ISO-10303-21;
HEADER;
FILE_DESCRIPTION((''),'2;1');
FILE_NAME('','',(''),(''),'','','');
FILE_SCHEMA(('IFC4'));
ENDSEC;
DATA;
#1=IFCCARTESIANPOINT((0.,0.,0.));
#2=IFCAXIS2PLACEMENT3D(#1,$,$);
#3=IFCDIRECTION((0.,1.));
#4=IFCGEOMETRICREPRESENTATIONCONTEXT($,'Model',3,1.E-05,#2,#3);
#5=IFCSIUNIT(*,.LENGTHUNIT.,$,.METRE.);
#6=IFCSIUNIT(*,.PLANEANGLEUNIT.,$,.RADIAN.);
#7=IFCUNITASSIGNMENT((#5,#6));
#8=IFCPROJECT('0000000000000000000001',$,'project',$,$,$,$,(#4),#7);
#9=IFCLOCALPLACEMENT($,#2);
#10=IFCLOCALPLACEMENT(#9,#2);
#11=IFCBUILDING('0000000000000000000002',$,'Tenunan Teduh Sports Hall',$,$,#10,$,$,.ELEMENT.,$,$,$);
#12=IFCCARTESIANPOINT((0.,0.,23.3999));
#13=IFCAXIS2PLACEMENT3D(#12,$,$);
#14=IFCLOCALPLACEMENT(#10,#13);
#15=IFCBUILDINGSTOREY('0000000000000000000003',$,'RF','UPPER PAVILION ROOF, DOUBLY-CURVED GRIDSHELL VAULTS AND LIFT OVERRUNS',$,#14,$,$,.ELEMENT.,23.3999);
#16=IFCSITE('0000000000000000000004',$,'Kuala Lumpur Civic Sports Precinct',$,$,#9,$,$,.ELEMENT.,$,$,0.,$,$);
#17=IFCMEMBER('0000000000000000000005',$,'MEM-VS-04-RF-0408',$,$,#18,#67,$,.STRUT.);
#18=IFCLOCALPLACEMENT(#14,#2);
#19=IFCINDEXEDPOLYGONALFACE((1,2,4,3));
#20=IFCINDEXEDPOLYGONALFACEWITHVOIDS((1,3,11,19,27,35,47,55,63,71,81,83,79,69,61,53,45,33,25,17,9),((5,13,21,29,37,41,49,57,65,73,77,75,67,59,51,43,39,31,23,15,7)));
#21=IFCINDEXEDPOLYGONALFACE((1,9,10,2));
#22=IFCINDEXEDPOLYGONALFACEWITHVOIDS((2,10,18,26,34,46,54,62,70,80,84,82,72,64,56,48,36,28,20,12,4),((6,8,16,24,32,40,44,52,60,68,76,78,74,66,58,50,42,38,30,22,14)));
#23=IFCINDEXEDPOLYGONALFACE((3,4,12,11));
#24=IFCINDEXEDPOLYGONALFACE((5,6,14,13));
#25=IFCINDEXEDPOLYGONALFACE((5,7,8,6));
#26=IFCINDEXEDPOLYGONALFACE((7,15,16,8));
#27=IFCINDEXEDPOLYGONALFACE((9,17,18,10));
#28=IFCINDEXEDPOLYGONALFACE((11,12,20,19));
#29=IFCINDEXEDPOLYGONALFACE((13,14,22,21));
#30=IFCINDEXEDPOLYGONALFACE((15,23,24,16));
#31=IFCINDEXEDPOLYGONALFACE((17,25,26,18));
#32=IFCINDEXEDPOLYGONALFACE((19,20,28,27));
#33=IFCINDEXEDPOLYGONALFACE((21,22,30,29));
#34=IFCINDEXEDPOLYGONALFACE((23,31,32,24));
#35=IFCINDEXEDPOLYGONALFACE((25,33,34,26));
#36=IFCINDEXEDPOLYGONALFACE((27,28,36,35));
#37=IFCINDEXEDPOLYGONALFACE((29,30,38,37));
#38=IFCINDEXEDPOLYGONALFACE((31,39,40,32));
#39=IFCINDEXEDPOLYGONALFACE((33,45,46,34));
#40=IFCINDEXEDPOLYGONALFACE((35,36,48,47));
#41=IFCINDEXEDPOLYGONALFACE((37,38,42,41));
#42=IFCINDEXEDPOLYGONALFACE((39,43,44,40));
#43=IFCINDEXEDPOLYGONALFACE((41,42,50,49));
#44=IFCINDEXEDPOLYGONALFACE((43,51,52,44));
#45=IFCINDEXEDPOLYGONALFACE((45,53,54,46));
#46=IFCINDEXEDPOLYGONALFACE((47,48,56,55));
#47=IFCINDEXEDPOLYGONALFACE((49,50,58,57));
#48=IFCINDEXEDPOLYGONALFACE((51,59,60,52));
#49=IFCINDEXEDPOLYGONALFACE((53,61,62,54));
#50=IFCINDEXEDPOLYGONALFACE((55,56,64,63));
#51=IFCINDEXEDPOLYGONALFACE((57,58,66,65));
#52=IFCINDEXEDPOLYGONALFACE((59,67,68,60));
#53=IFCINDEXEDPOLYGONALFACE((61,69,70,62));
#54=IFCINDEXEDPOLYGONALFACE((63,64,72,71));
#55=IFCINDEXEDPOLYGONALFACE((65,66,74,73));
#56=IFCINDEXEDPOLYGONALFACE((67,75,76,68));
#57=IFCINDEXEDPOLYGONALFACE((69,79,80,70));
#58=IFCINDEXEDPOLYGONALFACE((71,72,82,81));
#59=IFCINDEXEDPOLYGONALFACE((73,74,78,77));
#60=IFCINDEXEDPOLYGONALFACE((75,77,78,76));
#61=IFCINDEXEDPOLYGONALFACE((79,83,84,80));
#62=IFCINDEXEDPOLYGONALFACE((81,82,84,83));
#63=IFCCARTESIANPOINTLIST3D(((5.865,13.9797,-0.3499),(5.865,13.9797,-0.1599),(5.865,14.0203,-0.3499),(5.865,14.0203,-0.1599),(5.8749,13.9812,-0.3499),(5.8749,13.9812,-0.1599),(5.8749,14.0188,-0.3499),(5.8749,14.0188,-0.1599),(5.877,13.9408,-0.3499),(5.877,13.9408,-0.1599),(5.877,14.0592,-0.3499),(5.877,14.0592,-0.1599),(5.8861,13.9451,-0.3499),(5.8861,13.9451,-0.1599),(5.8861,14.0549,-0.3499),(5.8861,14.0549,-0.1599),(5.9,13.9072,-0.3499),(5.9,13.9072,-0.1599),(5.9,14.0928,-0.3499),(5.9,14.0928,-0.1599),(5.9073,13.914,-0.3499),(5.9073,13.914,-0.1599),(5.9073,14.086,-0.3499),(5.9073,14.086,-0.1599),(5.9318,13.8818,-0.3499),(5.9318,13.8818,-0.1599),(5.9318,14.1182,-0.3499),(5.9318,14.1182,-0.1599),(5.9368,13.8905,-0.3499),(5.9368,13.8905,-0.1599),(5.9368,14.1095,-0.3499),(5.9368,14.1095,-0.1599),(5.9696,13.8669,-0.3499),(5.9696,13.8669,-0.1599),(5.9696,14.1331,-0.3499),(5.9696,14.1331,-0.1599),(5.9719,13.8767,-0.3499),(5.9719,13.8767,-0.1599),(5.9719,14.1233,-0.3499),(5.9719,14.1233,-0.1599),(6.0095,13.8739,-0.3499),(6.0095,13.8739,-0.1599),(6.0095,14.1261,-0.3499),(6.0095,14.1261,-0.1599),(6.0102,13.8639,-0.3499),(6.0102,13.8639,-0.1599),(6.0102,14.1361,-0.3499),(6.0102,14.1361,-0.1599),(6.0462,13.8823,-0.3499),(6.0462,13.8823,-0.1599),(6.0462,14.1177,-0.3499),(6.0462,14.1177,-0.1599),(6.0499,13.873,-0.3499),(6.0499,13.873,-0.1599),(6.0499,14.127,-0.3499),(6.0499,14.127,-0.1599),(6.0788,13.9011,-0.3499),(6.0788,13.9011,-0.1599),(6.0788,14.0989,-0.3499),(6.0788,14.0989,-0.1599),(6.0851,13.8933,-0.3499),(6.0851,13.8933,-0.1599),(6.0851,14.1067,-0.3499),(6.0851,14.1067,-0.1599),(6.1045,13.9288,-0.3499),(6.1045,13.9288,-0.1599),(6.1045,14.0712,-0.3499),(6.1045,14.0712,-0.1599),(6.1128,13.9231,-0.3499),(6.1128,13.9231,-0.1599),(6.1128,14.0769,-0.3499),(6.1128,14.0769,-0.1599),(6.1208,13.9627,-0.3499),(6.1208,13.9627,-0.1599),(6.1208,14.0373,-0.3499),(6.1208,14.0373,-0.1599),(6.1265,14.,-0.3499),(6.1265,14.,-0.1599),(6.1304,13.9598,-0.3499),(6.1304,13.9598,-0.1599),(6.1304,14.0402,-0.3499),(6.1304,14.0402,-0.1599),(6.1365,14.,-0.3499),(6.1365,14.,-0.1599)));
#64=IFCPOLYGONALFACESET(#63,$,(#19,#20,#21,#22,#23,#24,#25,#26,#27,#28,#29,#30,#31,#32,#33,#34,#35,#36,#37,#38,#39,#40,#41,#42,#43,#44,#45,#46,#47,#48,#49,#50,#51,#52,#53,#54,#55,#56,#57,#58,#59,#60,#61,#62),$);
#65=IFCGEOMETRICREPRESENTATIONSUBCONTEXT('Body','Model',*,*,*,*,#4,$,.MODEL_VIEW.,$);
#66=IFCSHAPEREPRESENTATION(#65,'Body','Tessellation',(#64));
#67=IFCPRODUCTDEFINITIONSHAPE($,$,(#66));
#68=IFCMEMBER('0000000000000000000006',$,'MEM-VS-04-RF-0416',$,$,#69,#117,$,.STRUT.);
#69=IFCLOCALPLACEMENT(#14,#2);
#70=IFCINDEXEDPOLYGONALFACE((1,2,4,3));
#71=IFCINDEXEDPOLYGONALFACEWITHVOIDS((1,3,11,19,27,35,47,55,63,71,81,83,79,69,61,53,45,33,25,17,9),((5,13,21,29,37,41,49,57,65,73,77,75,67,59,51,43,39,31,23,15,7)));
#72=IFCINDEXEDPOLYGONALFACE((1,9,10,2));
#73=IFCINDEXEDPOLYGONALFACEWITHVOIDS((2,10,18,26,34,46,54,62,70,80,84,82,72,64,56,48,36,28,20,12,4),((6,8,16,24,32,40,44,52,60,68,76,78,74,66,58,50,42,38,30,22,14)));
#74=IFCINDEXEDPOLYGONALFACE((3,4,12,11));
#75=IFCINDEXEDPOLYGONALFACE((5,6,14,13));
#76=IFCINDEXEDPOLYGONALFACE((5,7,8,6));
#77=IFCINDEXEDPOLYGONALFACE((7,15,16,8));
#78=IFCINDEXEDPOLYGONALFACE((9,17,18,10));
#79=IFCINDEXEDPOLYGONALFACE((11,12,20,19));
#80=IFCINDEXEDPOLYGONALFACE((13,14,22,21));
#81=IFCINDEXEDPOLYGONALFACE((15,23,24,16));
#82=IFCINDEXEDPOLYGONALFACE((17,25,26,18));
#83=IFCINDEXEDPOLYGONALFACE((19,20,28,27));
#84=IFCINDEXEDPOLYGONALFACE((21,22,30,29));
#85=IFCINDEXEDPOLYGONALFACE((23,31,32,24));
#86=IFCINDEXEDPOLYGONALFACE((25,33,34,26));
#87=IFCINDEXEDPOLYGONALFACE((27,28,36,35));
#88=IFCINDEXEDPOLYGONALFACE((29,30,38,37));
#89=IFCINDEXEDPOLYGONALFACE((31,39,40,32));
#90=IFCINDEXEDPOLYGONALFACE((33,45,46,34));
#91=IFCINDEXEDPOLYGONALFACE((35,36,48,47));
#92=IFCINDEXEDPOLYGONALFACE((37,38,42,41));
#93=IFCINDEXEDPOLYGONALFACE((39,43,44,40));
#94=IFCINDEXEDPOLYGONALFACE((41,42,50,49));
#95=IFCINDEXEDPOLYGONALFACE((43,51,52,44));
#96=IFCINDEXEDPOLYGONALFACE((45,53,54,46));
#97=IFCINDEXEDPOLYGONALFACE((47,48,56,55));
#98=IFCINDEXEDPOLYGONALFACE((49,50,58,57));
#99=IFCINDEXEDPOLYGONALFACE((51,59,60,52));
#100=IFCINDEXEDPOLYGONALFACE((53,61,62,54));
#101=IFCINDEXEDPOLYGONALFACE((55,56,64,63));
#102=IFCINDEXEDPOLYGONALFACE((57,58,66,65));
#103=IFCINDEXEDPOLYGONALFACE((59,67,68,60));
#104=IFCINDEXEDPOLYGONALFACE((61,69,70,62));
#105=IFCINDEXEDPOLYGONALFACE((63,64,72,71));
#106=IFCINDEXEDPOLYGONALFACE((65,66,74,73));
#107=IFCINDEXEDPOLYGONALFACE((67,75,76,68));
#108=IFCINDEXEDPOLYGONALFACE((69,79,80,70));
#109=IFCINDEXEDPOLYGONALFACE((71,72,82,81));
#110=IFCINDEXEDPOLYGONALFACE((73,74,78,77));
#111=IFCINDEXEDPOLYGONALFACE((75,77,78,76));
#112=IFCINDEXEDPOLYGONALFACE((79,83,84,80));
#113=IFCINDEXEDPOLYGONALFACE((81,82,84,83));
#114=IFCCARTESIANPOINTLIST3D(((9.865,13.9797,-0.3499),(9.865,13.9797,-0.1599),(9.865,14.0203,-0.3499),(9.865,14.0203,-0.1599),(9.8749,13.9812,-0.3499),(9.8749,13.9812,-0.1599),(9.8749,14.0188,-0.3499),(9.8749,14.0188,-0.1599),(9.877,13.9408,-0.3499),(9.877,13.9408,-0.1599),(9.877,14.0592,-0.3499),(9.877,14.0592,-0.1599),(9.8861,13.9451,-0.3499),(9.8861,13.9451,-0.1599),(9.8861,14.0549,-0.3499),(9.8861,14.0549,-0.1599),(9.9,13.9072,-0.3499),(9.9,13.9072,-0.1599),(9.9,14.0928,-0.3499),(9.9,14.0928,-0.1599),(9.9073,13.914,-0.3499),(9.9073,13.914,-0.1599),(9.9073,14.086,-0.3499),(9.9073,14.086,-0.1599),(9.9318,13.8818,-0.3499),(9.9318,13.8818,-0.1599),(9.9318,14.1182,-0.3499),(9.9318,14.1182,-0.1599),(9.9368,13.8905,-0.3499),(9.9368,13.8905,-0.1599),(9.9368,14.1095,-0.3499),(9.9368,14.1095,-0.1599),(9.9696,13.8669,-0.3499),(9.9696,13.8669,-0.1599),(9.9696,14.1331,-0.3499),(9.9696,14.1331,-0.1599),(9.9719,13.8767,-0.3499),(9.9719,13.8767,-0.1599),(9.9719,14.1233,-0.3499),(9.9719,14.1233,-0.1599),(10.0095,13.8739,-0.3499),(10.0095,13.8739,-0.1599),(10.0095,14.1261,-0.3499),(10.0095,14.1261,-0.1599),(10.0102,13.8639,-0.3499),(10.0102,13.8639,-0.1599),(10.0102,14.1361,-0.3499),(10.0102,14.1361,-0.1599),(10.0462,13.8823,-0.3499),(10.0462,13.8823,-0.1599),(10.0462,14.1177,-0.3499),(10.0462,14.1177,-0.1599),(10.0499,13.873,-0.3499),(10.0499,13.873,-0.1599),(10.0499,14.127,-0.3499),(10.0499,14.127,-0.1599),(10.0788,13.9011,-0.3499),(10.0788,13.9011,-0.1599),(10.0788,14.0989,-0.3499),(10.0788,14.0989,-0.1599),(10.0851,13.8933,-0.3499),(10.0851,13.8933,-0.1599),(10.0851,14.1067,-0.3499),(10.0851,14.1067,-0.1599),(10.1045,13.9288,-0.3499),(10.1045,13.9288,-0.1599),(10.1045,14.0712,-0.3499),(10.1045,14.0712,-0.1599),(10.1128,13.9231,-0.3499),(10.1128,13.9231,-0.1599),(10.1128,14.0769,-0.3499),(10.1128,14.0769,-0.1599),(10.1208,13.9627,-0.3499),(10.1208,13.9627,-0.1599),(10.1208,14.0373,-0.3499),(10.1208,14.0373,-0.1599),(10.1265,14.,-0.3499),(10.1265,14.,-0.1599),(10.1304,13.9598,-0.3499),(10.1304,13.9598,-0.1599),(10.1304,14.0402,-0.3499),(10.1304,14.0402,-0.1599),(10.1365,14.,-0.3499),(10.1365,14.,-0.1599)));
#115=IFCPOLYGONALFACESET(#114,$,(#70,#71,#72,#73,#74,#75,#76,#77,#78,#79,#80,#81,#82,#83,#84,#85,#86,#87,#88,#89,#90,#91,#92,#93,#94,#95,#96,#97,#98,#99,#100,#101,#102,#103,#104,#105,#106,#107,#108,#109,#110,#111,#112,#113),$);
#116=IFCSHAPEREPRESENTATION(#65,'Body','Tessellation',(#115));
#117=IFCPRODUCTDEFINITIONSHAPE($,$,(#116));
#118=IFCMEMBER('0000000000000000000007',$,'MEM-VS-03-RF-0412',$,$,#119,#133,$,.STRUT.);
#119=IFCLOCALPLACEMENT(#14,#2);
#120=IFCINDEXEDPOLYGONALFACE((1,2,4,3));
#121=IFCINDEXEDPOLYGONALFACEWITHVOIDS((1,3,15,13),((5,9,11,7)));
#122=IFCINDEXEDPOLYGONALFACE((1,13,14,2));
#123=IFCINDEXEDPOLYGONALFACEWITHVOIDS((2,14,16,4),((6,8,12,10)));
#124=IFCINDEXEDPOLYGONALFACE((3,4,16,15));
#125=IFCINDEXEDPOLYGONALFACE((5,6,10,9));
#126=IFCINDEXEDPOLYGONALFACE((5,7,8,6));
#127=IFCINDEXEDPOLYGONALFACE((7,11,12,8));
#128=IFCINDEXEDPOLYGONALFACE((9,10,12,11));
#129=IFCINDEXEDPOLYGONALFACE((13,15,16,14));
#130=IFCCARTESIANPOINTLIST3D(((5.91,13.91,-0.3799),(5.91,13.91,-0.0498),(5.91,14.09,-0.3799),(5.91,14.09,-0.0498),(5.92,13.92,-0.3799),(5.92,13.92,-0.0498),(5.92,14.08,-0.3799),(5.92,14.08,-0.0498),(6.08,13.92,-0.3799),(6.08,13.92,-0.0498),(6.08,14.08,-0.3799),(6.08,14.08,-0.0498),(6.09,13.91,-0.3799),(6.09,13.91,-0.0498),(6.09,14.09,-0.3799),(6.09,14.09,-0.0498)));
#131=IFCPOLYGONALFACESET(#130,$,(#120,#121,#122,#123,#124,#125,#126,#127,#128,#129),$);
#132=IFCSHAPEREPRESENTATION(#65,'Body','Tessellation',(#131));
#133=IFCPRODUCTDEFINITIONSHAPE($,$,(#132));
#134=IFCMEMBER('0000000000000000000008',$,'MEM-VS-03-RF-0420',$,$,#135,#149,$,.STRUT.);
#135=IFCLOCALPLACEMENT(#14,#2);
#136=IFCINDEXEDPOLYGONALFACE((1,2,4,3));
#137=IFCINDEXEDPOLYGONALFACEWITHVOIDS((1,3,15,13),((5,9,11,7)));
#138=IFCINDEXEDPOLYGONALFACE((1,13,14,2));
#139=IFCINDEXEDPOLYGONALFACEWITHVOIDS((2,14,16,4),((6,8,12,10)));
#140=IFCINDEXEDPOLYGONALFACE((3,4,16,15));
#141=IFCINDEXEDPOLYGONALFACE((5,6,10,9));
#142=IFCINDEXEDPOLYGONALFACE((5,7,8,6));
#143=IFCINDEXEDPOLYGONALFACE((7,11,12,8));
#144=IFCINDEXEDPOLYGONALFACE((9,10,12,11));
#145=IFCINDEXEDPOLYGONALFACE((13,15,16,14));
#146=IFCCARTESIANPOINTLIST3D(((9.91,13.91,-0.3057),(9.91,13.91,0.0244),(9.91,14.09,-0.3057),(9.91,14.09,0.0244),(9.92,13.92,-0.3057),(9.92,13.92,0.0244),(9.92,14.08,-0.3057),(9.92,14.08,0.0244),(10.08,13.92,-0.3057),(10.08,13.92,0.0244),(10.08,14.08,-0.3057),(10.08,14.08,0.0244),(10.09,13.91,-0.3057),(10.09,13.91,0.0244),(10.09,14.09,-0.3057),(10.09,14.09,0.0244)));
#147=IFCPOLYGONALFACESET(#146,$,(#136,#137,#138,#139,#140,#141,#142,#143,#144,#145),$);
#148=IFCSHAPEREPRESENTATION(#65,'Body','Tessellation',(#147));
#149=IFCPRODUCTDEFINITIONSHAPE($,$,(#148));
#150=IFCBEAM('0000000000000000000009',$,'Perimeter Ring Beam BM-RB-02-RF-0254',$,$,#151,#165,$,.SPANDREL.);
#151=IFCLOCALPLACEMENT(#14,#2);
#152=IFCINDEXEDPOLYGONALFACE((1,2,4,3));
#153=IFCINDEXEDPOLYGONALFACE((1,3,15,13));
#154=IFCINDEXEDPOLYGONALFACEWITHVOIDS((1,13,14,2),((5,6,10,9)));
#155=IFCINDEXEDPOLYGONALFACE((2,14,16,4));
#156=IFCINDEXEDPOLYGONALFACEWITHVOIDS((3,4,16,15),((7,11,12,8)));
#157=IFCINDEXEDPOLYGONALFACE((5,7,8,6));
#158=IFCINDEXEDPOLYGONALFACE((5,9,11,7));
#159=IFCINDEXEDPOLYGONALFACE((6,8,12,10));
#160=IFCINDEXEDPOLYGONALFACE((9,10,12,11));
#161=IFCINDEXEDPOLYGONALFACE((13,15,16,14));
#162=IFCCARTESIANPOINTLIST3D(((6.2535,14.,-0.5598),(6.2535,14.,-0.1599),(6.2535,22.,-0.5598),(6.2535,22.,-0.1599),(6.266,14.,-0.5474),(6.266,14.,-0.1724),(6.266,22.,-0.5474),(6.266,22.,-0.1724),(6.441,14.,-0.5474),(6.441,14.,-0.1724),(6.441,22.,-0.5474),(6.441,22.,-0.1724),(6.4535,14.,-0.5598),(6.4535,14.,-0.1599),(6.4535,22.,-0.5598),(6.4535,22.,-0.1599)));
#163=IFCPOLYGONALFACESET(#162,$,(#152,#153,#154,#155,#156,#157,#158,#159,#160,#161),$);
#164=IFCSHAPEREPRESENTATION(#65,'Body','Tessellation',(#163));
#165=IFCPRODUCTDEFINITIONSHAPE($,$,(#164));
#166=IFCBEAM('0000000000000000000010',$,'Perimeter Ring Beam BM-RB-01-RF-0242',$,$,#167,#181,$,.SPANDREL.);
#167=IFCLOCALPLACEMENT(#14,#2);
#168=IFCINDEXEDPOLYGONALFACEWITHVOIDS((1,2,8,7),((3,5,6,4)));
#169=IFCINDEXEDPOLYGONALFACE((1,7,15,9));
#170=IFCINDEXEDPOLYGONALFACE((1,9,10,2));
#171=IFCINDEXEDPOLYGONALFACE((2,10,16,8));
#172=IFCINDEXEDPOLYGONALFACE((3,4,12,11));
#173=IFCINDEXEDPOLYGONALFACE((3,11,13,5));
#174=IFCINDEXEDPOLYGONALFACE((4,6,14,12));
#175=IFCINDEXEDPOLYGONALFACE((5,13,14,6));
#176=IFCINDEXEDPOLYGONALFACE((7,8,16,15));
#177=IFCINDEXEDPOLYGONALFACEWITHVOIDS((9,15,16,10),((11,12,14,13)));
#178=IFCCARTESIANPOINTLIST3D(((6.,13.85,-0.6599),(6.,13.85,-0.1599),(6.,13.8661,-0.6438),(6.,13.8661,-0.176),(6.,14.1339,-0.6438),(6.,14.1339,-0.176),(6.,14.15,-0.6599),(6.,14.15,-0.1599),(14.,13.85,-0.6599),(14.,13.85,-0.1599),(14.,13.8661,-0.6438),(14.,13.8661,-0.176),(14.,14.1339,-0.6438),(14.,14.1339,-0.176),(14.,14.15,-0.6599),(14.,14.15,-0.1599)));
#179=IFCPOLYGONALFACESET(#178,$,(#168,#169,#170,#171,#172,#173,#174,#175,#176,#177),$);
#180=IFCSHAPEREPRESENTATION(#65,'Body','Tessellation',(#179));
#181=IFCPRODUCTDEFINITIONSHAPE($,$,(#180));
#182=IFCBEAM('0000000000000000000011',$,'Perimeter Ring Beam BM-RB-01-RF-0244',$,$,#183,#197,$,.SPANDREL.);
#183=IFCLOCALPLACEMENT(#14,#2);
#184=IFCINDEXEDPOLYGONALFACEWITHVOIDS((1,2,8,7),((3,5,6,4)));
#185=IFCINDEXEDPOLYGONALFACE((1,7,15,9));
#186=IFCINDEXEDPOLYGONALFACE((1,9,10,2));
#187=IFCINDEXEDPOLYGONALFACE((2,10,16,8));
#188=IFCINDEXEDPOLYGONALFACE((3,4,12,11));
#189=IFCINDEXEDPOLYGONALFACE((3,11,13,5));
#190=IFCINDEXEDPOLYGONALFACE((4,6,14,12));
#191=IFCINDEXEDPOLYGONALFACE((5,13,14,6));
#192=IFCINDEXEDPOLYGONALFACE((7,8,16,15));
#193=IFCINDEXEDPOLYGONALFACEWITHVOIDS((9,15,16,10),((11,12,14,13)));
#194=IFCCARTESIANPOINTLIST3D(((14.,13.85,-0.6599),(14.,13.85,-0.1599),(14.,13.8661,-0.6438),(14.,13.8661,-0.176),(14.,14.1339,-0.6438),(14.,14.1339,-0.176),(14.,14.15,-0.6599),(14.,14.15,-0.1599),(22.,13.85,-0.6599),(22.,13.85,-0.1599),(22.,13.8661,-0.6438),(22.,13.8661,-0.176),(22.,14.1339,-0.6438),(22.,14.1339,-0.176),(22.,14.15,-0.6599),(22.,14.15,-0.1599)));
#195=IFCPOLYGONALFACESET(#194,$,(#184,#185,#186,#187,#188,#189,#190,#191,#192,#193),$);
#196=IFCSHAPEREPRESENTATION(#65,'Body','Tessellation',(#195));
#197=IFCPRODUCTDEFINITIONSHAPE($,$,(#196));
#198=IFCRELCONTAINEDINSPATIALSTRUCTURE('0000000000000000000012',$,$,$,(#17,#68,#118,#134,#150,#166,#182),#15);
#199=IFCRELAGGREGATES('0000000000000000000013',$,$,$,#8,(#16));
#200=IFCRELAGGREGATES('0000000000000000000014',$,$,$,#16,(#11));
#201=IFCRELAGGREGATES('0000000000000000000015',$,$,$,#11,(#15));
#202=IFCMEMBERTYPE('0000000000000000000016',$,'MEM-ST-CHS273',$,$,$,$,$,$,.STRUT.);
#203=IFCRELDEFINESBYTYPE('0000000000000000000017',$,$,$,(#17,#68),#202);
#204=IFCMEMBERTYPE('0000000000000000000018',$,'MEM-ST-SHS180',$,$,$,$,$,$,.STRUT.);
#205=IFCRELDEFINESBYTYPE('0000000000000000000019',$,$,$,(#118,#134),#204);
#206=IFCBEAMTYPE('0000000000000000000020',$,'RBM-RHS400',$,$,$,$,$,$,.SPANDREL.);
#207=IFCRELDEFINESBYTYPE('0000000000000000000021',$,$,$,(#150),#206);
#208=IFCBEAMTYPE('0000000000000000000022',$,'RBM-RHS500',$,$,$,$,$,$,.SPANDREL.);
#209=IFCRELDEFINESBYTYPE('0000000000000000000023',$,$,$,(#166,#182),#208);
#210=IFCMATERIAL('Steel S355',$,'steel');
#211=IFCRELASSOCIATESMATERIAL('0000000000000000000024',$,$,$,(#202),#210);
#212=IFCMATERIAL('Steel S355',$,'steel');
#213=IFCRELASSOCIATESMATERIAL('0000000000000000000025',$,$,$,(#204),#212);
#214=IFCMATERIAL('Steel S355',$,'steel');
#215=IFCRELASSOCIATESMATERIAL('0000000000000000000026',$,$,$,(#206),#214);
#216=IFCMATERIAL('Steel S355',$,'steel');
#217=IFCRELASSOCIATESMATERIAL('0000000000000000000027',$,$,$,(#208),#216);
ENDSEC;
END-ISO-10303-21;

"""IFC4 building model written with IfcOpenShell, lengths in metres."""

from ifc_helpers import new_model, si_unit, direction, frame, origin, origin_2d, place, context, subcontext, project, spatial, hollow_rectangle, hollow_circle, extrude, material, material_profile, profile_set, type_object, element, save


model = new_model("IFC4")

# Units and contexts
model_context = context("Model", 3, precision=1e-05, world=origin(), true_north=direction((0.0, 1.0)))
body_context = subcontext(model_context, "Body", "Model", "MODEL_VIEW")
ifc_project = project(units=[si_unit("LENGTHUNIT", "METRE"), si_unit("PLANEANGLEUNIT", "RADIAN")], contexts=[model_context])

# Site, building, storey
site_placement = place(None, origin())
site = spatial("IfcSite", under=ifc_project, at=site_placement, Name="Kuala Lumpur Civic Sports Precinct", CompositionType="ELEMENT", RefElevation=0.0)
building_placement = place(site_placement, origin())
building = spatial("IfcBuilding", under=site, at=building_placement, Name="Tenunan Teduh Sports Hall", CompositionType="ELEMENT")
storey_placement = place(building_placement, frame((0.0, 0.0, 23.3999)))
storey = spatial("IfcBuildingStorey", under=building, at=storey_placement, Name="RF", Description="UPPER PAVILION ROOF, DOUBLY-CURVED GRIDSHELL VAULTS AND LIFT OVERRUNS", CompositionType="ELEMENT", Elevation=23.3999)

# Members
ifc_material_1 = material(Name="Steel S355", Category="steel")
ifc_material_profile_1 = material_profile(ifc_material_1, hollow_circle(Radius=0.1365, WallThickness=0.01, at=origin_2d()), Name="CHS 273.0x10.0")
ifc_profile_set_1 = profile_set([ifc_material_profile_1], Name="Steel S355")
member_type_1 = type_object("IfcMemberType", Name="MEM-ST-CHS273", PredefinedType="STRUT", material=ifc_profile_set_1)
for number, where, z_axis, x_axis, name in (
    (1, (6.0, 14.0, -0.3499), (0.0, 0.0, 1.0), (1.0, 0.0, 0.0), "MEM-VS-04-RF-0408"),
    (2, (10.0, 14.0, -0.3499), (0.0, 0.0, 1.0), (1.0, 0.0, 0.0), "MEM-VS-04-RF-0416"),
):
    element("IfcMember", number, at=place(storey_placement, frame(where, z_axis=z_axis, x_axis=x_axis)), inside=storey, type_object=member_type_1, Name=name, PredefinedType="STRUT", context=body_context, shape_type="SweptSolid", body=[
        extrude(hollow_circle(Radius=0.1365, WallThickness=0.01, at=origin_2d()), origin(), (0.0, 0.0, 1.0), 0.1899),
    ])
ifc_material_2 = material(Name="Steel S355", Category="steel")
ifc_material_profile_2 = material_profile(ifc_material_2, hollow_rectangle(XDim=0.1799, YDim=0.1799, WallThickness=0.01, at=origin_2d()), Name="SHS 180x180x10.0")
ifc_profile_set_2 = profile_set([ifc_material_profile_2], Name="Steel S355")
member_type_2 = type_object("IfcMemberType", Name="MEM-ST-SHS180", PredefinedType="STRUT", material=ifc_profile_set_2)
for number, where, z_axis, x_axis, name in (
    (3, (6.0, 14.0, -0.3799), (0.0, 0.0, 1.0), (1.0, 0.0, 0.0), "MEM-VS-03-RF-0412"),
    (4, (10.0, 14.0, -0.3057), (0.0, 0.0, 1.0), (1.0, 0.0, 0.0), "MEM-VS-03-RF-0420"),
):
    element("IfcMember", number, at=place(storey_placement, frame(where, z_axis=z_axis, x_axis=x_axis)), inside=storey, type_object=member_type_2, Name=name, PredefinedType="STRUT", context=body_context, shape_type="SweptSolid", body=[
        extrude(hollow_rectangle(XDim=0.1799, YDim=0.1799, WallThickness=0.01, at=origin_2d()), origin(), (0.0, 0.0, 1.0), 0.3301),
    ])

# Beams
ifc_material_3 = material(Name="Steel S355", Category="steel")
ifc_material_profile_3 = material_profile(ifc_material_3, hollow_rectangle(XDim=0.2, YDim=0.3999, WallThickness=0.0125, at=origin_2d()), Name="RHS 400x200x12.5")
ifc_profile_set_3 = profile_set([ifc_material_profile_3], Name="Steel S355")
beam_type_1 = type_object("IfcBeamType", Name="RBM-RHS400", PredefinedType="SPANDREL", material=ifc_profile_set_3)
beam_1_placement = place(storey_placement, frame((6.3535, 14.0, -0.3599), z_axis=(0.0, 1.0, 0.0), x_axis=(-1.0, 0.0, 0.0)))
element("IfcBeam", 5, at=beam_1_placement, inside=storey, type_object=beam_type_1, Name="Perimeter Ring Beam BM-RB-02-RF-0254", PredefinedType="SPANDREL", context=body_context, shape_type="SweptSolid", body=[
    extrude(hollow_rectangle(XDim=0.2, YDim=0.3999, WallThickness=0.0125, at=origin_2d()), origin(), (0.0, 0.0, 1.0), 8.0),
])
ifc_material_4 = material(Name="Steel S355", Category="steel")
ifc_material_profile_4 = material_profile(ifc_material_4, hollow_rectangle(XDim=0.3, YDim=0.5, WallThickness=0.0161, at=origin_2d()), Name="RHS 500x300x16.0")
ifc_profile_set_4 = profile_set([ifc_material_profile_4], Name="Steel S355")
beam_type_2 = type_object("IfcBeamType", Name="RBM-RHS500", PredefinedType="SPANDREL", material=ifc_profile_set_4)
for number, where, z_axis, x_axis, name in (
    (6, (6.0, 14.0, -0.4099), (1.0, 0.0, 0.0), (0.0, 1.0, 0.0), "Perimeter Ring Beam BM-RB-01-RF-0242"),
    (7, (14.0, 14.0, -0.4099), (1.0, 0.0, 0.0), (0.0, 1.0, 0.0), "Perimeter Ring Beam BM-RB-01-RF-0244"),
):
    element("IfcBeam", number, at=place(storey_placement, frame(where, z_axis=z_axis, x_axis=x_axis)), inside=storey, type_object=beam_type_2, Name=name, PredefinedType="SPANDREL", context=body_context, shape_type="SweptSolid", body=[
        extrude(hollow_rectangle(XDim=0.3, YDim=0.5, WallThickness=0.0161, at=origin_2d()), origin(), (0.0, 0.0, 1.0), 8.0),
    ])

save(model, "model.ifc")
